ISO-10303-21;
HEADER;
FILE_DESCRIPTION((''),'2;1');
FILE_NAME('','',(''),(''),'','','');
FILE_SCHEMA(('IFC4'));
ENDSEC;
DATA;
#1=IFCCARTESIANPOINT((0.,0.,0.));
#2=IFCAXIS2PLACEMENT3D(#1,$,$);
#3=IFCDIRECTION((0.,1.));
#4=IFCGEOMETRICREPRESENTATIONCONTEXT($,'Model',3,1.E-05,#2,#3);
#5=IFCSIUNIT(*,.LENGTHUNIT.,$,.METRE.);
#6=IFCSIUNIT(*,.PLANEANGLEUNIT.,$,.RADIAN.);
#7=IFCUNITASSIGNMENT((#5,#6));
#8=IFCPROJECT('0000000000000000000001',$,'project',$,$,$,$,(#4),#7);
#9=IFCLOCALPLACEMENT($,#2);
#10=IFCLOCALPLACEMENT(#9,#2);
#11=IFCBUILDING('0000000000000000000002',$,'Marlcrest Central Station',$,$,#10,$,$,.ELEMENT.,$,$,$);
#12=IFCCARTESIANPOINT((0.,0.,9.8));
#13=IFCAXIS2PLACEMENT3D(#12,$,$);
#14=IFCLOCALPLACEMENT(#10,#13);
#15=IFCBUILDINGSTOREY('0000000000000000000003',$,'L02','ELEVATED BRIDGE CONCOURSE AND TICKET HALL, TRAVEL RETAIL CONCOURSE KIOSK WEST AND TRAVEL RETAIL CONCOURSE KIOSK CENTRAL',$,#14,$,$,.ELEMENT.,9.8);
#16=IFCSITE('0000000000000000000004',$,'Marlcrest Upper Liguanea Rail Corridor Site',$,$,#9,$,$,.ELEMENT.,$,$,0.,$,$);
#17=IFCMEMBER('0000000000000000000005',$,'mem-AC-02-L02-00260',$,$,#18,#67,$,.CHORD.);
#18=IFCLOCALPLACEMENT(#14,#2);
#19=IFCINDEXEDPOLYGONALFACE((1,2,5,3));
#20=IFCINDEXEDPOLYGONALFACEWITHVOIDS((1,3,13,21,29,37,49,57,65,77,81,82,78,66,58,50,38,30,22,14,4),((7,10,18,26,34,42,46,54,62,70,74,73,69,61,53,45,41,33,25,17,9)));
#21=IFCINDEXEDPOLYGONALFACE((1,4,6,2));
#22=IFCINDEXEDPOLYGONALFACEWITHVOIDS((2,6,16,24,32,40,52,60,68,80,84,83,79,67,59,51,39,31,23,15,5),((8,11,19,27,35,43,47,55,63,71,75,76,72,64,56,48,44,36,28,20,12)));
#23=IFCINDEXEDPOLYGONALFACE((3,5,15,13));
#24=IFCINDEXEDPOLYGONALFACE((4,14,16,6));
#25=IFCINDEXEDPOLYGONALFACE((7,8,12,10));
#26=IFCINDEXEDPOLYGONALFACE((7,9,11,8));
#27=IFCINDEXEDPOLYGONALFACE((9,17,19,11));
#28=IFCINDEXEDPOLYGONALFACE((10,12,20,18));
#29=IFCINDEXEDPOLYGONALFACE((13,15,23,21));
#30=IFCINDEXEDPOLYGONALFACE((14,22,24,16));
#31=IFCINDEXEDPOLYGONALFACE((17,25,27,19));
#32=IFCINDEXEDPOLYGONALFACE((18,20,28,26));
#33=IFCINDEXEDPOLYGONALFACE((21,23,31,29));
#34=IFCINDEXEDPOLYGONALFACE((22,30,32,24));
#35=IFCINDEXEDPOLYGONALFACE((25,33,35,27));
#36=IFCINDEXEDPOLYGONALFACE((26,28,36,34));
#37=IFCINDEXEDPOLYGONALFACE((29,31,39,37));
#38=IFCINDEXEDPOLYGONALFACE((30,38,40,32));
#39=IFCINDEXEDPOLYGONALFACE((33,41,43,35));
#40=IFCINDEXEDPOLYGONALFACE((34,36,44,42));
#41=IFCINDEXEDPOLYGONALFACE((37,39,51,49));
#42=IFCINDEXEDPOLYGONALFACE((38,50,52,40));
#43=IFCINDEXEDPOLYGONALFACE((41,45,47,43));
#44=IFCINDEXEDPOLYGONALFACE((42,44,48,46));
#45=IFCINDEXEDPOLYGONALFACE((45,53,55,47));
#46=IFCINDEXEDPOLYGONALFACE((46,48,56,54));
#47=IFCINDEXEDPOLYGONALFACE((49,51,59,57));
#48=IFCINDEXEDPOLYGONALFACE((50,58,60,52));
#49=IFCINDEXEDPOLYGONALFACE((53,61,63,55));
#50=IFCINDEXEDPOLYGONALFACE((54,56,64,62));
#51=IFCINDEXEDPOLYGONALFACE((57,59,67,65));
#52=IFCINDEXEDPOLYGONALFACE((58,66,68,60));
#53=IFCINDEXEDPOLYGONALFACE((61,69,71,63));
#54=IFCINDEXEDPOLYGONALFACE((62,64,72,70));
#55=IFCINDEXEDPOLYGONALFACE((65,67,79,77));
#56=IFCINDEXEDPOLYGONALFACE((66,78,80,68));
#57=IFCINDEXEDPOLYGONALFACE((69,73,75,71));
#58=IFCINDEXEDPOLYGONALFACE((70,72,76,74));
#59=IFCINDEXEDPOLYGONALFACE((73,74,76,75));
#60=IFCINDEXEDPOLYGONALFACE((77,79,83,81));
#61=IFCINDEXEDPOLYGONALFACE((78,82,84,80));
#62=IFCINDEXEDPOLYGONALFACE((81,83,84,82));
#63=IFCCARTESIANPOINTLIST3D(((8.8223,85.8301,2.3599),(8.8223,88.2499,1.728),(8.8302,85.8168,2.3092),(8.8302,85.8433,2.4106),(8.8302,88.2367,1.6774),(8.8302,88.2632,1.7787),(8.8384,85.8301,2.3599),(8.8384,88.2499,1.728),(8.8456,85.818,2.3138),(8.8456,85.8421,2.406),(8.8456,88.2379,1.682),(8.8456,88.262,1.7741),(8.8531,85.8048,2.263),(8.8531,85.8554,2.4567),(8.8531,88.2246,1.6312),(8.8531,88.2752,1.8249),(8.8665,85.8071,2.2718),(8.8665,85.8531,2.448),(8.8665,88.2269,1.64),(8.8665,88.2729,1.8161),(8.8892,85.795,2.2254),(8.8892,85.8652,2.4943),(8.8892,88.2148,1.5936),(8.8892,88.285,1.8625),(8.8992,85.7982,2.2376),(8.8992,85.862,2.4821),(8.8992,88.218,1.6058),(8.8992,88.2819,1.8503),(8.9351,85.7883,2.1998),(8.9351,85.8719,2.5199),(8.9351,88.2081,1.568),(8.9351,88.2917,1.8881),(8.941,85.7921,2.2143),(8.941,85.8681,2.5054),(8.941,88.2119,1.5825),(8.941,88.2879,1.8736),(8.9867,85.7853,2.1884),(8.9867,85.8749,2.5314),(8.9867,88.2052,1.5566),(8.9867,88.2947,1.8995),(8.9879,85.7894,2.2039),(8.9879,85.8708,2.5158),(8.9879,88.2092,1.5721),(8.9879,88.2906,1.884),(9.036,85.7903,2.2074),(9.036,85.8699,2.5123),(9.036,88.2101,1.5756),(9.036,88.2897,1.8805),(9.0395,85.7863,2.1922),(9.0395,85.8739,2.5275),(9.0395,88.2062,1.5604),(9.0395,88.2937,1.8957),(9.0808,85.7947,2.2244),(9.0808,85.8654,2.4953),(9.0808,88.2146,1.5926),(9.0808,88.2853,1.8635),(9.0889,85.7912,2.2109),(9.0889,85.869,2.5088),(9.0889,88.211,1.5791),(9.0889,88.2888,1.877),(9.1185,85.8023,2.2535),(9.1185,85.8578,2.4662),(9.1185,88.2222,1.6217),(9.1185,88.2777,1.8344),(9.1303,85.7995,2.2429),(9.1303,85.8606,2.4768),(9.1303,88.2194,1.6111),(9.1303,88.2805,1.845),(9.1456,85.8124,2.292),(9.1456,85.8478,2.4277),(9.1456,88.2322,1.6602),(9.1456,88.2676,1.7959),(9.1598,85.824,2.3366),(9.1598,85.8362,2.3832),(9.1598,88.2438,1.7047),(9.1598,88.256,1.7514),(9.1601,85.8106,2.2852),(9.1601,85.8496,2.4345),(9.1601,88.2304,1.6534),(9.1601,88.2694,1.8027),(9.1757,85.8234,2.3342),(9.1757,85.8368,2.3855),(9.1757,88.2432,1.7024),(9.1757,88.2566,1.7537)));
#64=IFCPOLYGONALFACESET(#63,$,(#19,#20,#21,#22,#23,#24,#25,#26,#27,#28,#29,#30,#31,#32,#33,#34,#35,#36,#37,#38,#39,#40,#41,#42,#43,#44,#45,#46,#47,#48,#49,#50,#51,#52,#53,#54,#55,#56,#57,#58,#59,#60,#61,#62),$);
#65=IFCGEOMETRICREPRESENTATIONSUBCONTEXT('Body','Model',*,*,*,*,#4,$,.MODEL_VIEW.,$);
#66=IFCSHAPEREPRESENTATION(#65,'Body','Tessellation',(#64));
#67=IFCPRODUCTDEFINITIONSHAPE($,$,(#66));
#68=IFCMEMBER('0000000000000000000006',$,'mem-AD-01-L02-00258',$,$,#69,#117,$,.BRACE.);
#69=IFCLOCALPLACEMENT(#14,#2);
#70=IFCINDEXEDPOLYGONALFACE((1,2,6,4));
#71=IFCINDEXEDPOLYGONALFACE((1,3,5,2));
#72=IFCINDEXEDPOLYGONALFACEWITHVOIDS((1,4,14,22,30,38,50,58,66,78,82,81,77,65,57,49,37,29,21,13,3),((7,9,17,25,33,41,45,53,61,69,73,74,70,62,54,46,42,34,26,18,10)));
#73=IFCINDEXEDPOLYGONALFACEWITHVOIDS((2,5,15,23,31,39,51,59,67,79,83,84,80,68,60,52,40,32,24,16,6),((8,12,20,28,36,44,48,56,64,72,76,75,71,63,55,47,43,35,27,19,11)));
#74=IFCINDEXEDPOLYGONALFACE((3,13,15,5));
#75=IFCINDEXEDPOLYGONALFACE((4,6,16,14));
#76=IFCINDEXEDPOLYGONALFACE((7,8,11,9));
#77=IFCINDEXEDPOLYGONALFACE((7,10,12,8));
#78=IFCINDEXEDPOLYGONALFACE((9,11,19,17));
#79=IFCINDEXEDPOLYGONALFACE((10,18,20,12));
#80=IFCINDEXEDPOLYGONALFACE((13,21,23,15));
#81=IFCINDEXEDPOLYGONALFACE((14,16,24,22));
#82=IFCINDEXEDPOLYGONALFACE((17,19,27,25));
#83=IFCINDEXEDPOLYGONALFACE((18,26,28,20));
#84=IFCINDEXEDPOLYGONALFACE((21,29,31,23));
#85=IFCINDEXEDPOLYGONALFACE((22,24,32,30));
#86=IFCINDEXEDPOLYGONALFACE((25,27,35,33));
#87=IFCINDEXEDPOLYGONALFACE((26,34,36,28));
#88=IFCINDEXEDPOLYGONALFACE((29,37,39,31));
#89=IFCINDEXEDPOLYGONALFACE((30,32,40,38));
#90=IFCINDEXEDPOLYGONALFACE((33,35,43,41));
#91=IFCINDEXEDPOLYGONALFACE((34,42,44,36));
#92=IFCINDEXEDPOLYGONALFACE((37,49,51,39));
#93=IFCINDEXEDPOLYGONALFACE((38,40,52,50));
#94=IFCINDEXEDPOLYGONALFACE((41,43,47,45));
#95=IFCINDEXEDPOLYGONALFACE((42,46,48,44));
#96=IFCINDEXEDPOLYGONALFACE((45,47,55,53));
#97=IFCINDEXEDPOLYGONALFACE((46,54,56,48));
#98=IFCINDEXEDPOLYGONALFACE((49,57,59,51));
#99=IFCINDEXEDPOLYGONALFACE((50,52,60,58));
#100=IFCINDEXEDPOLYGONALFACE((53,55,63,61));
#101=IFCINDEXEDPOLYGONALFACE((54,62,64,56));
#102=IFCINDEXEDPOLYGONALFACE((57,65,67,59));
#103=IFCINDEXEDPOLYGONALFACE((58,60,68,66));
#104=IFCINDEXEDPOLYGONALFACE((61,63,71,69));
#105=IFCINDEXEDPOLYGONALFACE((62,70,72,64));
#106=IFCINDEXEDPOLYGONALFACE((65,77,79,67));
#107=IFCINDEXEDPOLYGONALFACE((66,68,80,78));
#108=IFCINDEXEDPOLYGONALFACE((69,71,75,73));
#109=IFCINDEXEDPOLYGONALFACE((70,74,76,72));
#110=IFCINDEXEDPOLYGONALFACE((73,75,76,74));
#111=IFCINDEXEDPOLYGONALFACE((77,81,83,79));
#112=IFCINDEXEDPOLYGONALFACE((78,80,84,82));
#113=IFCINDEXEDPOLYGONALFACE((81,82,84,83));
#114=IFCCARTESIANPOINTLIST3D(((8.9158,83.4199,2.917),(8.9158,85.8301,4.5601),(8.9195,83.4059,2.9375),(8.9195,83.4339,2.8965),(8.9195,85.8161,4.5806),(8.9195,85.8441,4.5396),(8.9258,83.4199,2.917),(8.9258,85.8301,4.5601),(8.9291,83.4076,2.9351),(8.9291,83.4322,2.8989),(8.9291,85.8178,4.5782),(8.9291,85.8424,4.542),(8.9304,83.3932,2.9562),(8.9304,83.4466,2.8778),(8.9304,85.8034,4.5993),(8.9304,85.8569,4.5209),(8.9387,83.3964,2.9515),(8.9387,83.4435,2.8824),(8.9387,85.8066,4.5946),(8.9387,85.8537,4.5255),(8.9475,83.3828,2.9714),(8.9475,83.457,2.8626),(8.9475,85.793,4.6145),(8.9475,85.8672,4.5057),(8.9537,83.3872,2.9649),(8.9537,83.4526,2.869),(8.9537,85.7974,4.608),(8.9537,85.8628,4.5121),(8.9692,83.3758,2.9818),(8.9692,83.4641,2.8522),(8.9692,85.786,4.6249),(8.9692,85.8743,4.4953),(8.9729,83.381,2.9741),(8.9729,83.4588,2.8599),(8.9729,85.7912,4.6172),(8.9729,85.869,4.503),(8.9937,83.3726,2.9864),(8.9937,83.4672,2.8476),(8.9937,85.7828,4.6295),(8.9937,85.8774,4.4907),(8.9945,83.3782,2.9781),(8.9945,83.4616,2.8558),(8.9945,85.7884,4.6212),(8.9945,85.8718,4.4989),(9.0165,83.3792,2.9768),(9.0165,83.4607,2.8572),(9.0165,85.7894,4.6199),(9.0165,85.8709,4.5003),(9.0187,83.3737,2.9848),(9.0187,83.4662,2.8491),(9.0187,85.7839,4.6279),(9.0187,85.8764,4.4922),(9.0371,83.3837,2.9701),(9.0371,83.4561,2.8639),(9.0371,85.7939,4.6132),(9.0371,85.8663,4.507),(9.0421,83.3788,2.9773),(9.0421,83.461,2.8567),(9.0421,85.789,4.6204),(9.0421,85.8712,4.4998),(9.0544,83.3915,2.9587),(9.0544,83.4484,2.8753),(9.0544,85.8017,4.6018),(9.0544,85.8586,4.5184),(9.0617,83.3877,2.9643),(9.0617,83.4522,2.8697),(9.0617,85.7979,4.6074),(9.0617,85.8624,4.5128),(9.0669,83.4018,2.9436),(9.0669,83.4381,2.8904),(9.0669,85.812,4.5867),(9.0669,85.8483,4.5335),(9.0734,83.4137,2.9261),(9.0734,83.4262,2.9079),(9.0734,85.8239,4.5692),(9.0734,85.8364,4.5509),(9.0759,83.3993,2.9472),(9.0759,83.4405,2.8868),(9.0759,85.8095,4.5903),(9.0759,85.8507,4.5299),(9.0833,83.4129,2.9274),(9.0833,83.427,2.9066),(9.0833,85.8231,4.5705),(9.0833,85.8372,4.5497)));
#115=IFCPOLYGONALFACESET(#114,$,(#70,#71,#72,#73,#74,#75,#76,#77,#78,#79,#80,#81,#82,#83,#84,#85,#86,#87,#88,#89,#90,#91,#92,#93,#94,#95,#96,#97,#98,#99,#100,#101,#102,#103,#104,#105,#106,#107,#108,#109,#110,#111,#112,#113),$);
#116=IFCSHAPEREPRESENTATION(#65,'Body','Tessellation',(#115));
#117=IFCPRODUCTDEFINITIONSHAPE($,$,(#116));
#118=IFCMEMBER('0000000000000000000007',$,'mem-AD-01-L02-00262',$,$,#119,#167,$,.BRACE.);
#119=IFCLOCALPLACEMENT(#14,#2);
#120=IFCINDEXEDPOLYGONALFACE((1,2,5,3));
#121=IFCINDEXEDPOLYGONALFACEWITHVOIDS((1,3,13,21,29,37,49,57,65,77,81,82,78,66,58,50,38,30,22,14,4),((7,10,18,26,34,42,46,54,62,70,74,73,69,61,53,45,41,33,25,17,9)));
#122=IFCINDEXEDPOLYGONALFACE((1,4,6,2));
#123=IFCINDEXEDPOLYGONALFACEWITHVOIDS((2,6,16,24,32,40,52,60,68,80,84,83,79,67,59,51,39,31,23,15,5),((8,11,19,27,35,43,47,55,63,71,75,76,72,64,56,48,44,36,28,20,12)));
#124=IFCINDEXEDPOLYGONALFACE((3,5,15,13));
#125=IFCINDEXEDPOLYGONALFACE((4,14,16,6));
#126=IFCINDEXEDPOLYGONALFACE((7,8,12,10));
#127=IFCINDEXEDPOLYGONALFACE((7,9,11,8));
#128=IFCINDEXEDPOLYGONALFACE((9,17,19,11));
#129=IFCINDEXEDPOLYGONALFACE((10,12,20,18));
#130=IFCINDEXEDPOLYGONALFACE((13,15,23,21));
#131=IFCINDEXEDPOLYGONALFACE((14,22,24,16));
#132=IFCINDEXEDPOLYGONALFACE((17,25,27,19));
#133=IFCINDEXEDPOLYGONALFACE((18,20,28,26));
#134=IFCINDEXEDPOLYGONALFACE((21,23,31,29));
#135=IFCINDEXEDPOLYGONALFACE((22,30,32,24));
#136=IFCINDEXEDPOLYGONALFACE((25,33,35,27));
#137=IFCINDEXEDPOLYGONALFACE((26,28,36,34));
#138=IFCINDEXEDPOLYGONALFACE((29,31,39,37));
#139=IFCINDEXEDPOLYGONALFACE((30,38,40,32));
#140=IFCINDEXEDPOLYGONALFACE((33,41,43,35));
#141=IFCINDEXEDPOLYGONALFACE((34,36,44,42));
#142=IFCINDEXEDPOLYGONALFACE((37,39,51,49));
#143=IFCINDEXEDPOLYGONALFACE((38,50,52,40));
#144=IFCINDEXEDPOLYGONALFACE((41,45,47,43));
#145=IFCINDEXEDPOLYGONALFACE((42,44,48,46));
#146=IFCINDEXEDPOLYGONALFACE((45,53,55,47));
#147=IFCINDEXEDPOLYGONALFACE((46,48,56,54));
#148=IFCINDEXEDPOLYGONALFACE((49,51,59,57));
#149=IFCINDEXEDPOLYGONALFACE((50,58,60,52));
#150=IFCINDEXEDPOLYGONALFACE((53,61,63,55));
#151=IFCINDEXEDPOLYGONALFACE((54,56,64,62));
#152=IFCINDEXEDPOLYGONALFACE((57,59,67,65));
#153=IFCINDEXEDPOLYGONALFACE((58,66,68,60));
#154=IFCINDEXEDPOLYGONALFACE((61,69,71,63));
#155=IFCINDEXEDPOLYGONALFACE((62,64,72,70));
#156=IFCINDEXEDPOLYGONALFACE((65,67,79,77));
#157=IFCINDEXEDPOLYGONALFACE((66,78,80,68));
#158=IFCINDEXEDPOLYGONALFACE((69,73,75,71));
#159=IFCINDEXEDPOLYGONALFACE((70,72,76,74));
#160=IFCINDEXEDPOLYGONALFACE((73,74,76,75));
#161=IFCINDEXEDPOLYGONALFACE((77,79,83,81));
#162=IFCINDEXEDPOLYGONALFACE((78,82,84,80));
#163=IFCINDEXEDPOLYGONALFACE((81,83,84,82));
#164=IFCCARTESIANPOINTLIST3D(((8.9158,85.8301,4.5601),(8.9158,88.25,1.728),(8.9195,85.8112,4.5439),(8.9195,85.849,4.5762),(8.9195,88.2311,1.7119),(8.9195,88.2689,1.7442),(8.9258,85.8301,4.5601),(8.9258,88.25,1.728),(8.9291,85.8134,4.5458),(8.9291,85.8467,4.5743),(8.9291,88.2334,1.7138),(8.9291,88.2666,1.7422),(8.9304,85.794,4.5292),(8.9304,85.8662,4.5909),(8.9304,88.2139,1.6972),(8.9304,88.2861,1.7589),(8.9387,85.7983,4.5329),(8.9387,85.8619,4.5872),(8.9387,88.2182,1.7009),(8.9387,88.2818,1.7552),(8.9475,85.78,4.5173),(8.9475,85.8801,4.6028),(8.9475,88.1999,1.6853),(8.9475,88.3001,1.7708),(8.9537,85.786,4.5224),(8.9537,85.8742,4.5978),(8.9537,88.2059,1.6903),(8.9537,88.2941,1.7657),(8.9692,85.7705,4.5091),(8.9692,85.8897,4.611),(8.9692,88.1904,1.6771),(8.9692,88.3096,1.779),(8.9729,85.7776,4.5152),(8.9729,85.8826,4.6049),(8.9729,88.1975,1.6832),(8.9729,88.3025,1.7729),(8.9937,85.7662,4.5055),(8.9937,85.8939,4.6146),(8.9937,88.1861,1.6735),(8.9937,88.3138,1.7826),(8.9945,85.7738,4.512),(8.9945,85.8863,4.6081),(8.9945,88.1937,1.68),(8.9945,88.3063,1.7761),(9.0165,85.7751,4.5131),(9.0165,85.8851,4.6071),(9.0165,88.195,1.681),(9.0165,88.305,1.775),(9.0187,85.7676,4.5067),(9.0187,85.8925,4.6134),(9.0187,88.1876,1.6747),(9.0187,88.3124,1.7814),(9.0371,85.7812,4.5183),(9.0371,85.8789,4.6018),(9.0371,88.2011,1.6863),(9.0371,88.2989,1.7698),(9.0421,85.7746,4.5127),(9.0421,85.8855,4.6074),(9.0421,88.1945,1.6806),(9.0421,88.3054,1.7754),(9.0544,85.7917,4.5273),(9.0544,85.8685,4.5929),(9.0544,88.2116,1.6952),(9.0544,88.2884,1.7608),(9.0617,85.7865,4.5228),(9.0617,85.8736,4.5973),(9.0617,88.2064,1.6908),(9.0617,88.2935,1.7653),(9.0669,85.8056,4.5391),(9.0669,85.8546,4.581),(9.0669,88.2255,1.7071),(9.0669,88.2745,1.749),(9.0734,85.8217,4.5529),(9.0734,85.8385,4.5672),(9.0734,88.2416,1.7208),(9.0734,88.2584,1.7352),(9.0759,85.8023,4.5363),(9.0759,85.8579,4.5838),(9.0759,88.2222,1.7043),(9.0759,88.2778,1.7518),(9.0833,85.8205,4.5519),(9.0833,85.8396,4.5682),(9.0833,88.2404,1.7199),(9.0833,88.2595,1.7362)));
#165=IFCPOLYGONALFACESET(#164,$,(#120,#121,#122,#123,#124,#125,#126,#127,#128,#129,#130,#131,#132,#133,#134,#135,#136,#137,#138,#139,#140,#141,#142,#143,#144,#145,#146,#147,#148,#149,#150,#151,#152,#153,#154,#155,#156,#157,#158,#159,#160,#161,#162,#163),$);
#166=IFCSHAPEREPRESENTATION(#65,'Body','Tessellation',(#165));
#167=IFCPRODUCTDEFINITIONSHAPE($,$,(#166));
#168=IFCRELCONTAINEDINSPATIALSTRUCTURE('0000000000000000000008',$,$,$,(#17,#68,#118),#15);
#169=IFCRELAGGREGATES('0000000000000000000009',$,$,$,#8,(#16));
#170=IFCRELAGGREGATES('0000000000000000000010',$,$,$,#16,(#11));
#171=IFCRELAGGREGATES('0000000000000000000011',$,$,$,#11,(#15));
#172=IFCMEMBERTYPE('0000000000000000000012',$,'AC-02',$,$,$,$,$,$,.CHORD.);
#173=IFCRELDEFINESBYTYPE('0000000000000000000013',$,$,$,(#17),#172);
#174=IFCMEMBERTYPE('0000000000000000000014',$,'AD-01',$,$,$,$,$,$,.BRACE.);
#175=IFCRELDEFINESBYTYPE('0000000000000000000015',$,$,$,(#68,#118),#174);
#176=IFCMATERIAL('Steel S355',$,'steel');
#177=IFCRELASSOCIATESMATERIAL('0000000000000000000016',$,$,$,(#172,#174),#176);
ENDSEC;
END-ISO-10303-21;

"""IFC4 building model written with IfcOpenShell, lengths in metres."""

from ifc_helpers import new_model, si_unit, direction, frame, origin, origin_2d, place, context, subcontext, project, spatial, hollow_circle, extrude, material, material_profile, profile_set, type_object, element, save


model = new_model("IFC4")

# Units and contexts
model_context = context("Model", 3, precision=1e-05, world=origin(), true_north=direction((0.0, 1.0)))
body_context = subcontext(model_context, "Body", "Model", "MODEL_VIEW")
ifc_project = project(units=[si_unit("LENGTHUNIT", "METRE"), si_unit("PLANEANGLEUNIT", "RADIAN")], contexts=[model_context])

# Site, building, storey
site_placement = place(None, origin())
site = spatial("IfcSite", under=ifc_project, at=site_placement, Name="Marlcrest Upper Liguanea Rail Corridor Site", CompositionType="ELEMENT", RefElevation=0.0)
building_placement = place(site_placement, origin())
building = spatial("IfcBuilding", under=site, at=building_placement, Name="Marlcrest Central Station", CompositionType="ELEMENT")
storey_placement = place(building_placement, frame((0.0, 0.0, 9.8)))
storey = spatial("IfcBuildingStorey", under=building, at=storey_placement, Name="L02", Description="ELEVATED BRIDGE CONCOURSE AND TICKET HALL, TRAVEL RETAIL CONCOURSE KIOSK WEST AND TRAVEL RETAIL CONCOURSE KIOSK CENTRAL", CompositionType="ELEMENT", Elevation=9.8)

# Members
ifc_material_1 = material(Name="Steel S355", Category="steel")
ifc_material_profile_1 = material_profile(ifc_material_1, hollow_circle(Radius=0.1777, WallThickness=0.0161, at=origin_2d()), Name="CHS 355.6x16")
ifc_profile_set_1 = profile_set([ifc_material_profile_1], Name="Steel S355")
member_type_1 = type_object("IfcMemberType", Name="AC-02", PredefinedType="CHORD", material=ifc_profile_set_1)
member_1_placement = place(storey_placement, frame((9.0, 85.8301, 2.3599), z_axis=(0.0, 0.967563, -0.252629), x_axis=(-1.0, 0.0, 0.0)))
element("IfcMember", 1, at=member_1_placement, inside=storey, type_object=member_type_1, Name="mem-AC-02-L02-00260", PredefinedType="CHORD", context=body_context, shape_type="SweptSolid", body=[
    extrude(hollow_circle(Radius=0.1777, WallThickness=0.0161, at=origin_2d()), origin(), (0.0, 0.0, 1.0), 2.501),
])
ifc_material_profile_2 = material_profile(ifc_material_1, hollow_circle(Radius=0.0842, WallThickness=0.01, at=origin_2d()), Name="CHS 168.3x10")
ifc_profile_set_2 = profile_set([ifc_material_profile_2], Name="Steel S355")
member_type_2 = type_object("IfcMemberType", Name="AD-01", PredefinedType="BRACE", material=ifc_profile_set_2)
member_2_placement = place(storey_placement, frame((9.0, 83.4199, 2.917), z_axis=(0.0, 0.826263, 0.563285), x_axis=(-1.0, 0.0, 0.0)))
element("IfcMember", 2, at=member_2_placement, inside=storey, type_object=member_type_2, Name="mem-AD-01-L02-00258", PredefinedType="BRACE", context=body_context, shape_type="SweptSolid", body=[
    extrude(hollow_circle(Radius=0.0842, WallThickness=0.01, at=origin_2d()), origin(), (0.0, 0.0, 1.0), 2.917),
])
member_3_placement = place(storey_placement, frame((9.0, 85.8301, 4.5601), z_axis=(0.0, 0.649625, -0.760255), x_axis=(-1.0, 0.0, 0.0)))
element("IfcMember", 3, at=member_3_placement, inside=storey, type_object=member_type_2, Name="mem-AD-01-L02-00262", PredefinedType="BRACE", context=body_context, shape_type="SweptSolid", body=[
    extrude(hollow_circle(Radius=0.0842, WallThickness=0.01, at=origin_2d()), origin(), (0.0, 0.0, 1.0), 3.7251),
])

save(model, "model.ifc")
